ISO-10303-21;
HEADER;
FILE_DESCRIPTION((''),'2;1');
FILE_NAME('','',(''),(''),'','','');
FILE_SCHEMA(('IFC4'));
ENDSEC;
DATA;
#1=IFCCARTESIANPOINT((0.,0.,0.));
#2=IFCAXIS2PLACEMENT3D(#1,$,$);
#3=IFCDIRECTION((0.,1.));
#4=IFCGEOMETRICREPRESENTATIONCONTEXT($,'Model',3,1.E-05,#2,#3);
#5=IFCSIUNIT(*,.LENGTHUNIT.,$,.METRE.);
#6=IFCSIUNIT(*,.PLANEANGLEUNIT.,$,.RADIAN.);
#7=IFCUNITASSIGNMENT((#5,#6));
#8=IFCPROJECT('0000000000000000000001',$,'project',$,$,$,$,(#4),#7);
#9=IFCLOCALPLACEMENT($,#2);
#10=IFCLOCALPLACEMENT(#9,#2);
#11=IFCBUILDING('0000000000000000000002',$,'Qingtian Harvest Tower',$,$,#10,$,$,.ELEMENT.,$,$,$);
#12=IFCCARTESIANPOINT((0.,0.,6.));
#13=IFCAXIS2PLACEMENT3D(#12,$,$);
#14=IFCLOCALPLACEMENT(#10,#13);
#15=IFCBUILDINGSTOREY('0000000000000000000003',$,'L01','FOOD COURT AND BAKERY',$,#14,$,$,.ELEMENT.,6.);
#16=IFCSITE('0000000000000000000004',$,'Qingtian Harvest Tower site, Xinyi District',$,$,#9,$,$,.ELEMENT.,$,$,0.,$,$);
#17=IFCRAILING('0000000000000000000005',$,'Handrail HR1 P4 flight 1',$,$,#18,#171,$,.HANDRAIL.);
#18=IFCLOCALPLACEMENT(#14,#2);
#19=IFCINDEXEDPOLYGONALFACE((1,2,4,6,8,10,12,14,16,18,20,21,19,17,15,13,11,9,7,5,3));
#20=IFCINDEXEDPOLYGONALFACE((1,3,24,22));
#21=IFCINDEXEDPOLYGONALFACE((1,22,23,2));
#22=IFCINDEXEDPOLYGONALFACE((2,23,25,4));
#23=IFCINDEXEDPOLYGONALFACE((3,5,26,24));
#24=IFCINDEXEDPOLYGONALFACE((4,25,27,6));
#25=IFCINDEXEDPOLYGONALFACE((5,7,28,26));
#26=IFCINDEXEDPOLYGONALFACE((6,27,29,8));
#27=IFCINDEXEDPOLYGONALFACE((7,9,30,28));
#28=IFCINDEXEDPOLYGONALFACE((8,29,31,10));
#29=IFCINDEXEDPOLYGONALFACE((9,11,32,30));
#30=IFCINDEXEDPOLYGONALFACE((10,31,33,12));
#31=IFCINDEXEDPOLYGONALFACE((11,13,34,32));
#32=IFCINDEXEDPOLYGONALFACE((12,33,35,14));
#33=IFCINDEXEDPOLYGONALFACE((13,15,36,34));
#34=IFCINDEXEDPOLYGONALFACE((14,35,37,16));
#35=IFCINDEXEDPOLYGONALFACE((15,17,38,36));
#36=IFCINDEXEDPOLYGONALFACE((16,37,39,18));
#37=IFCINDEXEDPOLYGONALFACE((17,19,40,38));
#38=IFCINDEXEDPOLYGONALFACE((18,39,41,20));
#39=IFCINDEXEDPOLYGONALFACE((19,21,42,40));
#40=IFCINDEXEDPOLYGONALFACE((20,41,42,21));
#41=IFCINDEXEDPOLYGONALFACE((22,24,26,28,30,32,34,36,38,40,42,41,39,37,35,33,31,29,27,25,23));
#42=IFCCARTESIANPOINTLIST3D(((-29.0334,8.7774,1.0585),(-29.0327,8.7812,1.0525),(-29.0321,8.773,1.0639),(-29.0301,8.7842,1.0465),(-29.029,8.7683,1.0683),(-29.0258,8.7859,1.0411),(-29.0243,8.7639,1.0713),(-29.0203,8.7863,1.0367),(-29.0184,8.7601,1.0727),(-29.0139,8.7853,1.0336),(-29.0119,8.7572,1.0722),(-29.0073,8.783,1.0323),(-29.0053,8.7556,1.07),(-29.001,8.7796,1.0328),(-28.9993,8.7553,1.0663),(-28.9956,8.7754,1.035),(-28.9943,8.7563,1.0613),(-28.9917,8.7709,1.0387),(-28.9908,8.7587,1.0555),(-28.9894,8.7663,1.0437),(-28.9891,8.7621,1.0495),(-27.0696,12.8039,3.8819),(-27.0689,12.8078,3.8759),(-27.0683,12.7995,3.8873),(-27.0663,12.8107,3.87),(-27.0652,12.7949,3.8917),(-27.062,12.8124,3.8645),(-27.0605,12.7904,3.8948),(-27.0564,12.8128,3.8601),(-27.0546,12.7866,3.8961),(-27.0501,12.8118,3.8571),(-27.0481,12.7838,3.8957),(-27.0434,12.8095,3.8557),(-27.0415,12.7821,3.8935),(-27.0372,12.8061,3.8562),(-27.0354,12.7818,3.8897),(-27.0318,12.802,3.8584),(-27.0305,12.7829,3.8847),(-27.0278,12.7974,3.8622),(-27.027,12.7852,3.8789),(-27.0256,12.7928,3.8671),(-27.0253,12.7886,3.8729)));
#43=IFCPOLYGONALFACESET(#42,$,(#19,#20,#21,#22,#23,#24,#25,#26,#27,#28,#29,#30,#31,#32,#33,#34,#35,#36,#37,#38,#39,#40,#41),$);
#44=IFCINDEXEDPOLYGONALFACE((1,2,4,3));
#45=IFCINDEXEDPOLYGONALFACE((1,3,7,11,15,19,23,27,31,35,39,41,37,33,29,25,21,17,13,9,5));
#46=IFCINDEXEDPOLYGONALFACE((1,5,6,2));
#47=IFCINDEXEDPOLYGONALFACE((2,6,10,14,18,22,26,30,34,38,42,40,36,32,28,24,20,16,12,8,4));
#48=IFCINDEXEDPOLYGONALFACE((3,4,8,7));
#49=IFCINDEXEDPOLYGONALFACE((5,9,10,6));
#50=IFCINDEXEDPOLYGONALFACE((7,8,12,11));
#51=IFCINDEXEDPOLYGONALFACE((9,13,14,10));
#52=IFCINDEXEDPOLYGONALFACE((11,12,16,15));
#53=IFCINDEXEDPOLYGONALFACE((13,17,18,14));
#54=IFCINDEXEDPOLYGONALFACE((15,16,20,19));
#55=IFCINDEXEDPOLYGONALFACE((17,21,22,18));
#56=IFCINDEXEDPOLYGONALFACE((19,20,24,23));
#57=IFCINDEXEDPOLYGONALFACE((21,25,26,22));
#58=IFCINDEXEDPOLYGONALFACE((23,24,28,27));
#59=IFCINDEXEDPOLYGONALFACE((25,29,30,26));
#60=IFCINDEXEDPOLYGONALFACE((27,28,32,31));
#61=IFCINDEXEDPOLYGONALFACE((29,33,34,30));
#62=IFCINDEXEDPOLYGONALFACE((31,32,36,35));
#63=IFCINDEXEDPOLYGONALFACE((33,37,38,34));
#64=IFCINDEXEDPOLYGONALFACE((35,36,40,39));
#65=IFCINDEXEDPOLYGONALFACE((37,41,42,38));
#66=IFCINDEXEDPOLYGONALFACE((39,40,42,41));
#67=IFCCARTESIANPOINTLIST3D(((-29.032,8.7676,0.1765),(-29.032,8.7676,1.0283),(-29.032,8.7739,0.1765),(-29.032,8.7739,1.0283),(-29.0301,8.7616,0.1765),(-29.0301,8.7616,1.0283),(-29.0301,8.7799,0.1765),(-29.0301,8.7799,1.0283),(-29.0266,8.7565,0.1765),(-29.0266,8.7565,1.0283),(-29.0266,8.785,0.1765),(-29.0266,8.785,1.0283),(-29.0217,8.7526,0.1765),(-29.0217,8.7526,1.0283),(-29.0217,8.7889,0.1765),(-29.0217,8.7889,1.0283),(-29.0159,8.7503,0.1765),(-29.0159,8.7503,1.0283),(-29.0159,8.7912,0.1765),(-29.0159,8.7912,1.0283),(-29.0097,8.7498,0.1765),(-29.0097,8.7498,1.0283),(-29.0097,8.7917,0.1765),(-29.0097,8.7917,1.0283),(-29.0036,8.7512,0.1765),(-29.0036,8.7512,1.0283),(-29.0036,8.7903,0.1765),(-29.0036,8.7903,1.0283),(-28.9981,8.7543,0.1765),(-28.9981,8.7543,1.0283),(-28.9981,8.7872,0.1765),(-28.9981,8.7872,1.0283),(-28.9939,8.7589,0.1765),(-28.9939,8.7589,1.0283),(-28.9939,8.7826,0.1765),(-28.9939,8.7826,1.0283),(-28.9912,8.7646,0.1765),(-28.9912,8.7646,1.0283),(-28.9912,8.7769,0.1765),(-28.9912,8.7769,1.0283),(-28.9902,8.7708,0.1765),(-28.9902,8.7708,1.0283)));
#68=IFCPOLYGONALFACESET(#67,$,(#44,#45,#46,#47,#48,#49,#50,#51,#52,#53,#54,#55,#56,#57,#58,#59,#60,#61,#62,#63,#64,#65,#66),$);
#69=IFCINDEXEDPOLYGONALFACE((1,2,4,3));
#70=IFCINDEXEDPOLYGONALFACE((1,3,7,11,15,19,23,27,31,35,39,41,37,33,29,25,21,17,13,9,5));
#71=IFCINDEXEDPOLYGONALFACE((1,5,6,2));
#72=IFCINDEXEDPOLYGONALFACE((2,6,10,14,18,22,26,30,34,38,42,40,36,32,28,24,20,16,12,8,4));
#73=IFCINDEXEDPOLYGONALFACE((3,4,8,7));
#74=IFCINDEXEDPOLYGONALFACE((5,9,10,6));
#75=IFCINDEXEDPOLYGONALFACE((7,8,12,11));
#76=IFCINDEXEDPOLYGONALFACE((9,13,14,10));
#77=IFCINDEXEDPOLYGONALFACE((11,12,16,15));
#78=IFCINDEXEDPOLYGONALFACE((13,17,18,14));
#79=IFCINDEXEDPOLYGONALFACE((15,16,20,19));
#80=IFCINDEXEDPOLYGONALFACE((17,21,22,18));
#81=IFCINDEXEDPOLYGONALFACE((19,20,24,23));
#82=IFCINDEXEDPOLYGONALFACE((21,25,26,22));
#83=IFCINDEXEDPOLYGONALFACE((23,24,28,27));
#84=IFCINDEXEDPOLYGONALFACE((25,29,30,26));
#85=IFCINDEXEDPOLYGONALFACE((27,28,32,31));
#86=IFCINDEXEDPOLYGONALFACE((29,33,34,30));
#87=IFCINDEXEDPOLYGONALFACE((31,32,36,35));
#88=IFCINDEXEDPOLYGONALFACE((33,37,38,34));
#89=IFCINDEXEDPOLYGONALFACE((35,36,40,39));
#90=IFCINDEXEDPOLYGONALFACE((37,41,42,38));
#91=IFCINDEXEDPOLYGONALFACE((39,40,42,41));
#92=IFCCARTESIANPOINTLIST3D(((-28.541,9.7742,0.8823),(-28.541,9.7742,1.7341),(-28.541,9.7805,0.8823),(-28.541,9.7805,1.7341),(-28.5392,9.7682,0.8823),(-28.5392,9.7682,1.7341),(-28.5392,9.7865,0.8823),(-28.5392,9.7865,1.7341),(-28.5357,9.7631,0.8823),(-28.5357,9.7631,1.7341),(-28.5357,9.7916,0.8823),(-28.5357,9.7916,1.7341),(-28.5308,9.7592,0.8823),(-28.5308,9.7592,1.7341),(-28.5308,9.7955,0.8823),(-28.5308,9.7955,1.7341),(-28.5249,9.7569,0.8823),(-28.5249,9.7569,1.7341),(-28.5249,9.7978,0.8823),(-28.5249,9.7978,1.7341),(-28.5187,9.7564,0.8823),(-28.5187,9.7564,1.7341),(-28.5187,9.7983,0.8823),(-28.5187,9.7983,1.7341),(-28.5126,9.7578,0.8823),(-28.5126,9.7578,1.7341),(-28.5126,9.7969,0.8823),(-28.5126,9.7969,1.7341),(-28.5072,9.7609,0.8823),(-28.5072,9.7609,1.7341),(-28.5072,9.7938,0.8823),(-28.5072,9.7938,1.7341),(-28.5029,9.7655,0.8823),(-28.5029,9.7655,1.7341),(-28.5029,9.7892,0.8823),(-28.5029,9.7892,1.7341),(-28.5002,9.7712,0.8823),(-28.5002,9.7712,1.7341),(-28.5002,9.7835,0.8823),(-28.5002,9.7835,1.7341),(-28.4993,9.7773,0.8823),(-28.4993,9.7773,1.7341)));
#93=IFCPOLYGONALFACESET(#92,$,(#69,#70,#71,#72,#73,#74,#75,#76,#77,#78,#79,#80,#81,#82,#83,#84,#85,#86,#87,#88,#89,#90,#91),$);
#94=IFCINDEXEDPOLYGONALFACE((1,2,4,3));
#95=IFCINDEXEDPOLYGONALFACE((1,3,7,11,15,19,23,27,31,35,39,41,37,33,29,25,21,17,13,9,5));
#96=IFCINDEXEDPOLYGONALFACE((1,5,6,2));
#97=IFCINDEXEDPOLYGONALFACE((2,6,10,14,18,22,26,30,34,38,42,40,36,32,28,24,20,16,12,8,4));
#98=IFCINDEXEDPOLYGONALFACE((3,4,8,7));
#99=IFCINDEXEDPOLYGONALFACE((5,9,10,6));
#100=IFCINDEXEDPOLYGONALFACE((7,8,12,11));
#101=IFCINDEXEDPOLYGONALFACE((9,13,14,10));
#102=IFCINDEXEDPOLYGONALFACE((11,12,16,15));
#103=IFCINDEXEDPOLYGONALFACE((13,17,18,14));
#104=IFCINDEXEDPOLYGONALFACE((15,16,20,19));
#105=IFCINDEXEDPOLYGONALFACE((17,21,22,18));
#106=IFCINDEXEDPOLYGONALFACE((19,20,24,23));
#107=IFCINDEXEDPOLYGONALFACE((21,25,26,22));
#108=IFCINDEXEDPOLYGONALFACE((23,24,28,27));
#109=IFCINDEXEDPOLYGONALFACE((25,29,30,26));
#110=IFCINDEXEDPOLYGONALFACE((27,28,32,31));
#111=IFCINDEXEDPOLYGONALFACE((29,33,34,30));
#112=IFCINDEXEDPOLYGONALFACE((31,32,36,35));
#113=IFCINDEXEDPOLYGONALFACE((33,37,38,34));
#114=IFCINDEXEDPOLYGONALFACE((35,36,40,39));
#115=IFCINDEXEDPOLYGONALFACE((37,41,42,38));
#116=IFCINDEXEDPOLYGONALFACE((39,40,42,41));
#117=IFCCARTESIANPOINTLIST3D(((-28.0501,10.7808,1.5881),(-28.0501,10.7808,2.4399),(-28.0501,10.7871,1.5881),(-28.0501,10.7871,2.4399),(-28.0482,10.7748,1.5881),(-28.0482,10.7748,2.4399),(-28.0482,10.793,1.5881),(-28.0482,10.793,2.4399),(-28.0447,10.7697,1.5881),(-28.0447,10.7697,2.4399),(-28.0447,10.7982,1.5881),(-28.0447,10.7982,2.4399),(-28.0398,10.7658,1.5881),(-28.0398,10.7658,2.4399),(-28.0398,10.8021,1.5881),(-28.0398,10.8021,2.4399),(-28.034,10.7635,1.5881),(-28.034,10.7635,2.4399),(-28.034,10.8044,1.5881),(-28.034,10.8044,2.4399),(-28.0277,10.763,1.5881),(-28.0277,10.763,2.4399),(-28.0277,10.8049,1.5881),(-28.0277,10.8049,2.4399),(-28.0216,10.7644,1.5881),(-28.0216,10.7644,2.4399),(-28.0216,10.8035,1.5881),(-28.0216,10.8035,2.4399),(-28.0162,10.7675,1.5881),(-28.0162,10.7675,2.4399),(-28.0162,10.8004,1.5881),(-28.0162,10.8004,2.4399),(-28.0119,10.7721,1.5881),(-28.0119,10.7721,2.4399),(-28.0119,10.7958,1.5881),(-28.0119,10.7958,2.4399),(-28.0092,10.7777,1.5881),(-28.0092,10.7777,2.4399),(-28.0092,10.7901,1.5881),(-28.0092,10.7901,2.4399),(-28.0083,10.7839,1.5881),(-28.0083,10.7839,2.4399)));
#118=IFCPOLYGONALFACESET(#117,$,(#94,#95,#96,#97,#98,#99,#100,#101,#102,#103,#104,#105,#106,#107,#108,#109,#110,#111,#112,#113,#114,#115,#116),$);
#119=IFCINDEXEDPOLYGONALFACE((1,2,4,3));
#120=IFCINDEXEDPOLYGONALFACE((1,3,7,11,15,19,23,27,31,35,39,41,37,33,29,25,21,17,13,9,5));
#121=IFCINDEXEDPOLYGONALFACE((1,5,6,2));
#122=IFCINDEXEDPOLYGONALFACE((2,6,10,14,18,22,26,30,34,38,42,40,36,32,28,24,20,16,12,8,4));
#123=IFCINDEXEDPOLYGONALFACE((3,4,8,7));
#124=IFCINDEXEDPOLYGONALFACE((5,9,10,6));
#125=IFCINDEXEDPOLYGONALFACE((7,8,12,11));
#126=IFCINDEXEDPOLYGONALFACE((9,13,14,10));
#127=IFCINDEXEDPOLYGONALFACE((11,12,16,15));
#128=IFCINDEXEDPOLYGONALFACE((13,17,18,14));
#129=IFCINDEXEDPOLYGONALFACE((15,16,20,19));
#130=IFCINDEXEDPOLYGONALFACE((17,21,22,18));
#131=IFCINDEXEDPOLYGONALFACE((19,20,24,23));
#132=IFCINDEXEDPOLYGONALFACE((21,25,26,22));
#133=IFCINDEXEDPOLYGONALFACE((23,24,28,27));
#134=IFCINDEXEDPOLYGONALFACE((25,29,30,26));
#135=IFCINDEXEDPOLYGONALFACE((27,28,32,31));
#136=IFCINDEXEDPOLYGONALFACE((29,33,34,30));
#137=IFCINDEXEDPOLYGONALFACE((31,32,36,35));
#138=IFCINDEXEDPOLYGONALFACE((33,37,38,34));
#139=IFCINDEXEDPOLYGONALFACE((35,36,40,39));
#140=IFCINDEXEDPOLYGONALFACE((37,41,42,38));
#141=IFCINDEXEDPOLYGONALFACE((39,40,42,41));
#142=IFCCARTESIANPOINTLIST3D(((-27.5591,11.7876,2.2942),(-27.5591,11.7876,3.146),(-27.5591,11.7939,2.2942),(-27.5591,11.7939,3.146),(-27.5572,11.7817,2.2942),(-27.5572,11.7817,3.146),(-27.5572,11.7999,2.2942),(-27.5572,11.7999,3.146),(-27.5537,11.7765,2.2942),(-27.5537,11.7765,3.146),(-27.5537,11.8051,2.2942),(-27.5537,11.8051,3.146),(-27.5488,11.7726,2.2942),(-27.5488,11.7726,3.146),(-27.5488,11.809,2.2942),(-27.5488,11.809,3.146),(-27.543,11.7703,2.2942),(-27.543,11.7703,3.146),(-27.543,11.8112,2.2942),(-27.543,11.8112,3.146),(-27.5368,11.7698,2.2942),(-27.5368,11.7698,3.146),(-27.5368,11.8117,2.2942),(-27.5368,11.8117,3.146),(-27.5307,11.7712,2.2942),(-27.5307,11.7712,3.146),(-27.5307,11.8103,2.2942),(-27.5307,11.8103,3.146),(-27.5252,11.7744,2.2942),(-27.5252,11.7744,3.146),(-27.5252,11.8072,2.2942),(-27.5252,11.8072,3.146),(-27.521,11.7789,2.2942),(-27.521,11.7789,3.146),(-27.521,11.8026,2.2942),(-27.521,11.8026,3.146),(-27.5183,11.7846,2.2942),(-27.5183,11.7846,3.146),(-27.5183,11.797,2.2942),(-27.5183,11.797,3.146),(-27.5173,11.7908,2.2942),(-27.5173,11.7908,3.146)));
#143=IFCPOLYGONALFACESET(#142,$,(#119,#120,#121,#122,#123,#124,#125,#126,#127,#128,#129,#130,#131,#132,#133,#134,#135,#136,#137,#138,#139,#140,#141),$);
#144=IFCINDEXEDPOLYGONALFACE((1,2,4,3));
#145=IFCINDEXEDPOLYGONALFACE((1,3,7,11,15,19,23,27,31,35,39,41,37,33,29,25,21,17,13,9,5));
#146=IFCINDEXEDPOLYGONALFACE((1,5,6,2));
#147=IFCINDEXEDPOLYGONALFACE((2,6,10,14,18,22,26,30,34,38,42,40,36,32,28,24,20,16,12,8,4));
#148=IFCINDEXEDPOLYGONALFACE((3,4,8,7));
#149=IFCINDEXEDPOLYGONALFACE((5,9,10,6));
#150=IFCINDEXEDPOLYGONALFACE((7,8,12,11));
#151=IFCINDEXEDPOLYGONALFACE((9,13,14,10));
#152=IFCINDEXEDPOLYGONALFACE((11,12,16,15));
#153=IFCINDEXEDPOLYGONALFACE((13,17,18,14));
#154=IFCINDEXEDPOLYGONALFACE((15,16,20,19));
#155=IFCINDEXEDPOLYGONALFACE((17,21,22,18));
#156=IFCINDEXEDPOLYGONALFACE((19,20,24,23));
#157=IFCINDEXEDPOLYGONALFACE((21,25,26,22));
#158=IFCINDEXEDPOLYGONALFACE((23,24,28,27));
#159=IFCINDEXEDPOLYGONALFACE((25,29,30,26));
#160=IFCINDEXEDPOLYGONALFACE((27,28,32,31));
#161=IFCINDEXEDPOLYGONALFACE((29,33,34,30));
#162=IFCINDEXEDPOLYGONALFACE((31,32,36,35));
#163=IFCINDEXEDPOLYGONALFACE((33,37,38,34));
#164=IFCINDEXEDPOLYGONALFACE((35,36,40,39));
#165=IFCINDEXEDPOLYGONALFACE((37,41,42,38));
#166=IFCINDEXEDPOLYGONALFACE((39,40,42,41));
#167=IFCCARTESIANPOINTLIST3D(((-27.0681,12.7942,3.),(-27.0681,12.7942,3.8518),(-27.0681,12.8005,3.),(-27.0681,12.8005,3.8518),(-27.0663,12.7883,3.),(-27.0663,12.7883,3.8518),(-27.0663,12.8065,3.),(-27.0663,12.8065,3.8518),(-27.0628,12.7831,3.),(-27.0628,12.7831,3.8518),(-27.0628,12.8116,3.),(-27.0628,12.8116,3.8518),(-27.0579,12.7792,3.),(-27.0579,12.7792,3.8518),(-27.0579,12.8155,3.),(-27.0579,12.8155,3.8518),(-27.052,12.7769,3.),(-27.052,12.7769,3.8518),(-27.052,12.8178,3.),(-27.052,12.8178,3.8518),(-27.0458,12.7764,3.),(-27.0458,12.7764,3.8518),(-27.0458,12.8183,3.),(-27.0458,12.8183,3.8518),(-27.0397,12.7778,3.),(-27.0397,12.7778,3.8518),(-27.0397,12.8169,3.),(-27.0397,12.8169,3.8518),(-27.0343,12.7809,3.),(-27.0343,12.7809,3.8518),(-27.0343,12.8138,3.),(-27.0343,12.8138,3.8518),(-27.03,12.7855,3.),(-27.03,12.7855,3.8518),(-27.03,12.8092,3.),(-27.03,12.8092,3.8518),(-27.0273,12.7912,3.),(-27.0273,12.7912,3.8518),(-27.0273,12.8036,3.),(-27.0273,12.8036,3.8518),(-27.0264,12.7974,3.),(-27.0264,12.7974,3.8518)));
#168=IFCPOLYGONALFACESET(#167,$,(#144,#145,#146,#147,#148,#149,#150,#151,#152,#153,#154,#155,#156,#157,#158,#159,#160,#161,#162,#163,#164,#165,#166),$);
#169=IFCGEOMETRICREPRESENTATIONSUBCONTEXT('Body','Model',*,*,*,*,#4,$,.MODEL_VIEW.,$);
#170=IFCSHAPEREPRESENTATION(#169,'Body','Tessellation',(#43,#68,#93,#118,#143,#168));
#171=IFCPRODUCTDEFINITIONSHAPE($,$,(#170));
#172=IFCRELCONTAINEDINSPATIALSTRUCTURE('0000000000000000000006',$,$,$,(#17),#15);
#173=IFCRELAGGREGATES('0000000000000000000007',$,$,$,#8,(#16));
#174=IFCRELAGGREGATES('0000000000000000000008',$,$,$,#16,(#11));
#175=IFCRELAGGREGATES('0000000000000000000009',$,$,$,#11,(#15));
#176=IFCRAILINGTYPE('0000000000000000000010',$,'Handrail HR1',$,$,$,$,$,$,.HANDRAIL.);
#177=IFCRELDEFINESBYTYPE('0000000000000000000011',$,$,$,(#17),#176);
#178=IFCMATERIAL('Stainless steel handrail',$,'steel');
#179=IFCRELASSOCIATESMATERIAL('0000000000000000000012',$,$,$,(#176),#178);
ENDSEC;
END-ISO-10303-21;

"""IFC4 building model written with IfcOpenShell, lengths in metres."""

from ifc_helpers import new_model, si_unit, direction, frame, origin, origin_2d, place, context, subcontext, project, spatial, circle, extrude, material, type_object, element, save


model = new_model("IFC4")

# Units and contexts
model_context = context("Model", 3, precision=1e-05, world=origin(), true_north=direction((0.0, 1.0)))
body_context = subcontext(model_context, "Body", "Model", "MODEL_VIEW")
ifc_project = project(units=[si_unit("LENGTHUNIT", "METRE"), si_unit("PLANEANGLEUNIT", "RADIAN")], contexts=[model_context])

# Site, building, storey
site_placement = place(None, origin())
site = spatial("IfcSite", under=ifc_project, at=site_placement, Name="Qingtian Harvest Tower site, Xinyi District", CompositionType="ELEMENT", RefElevation=0.0)
building_placement = place(site_placement, origin())
building = spatial("IfcBuilding", under=site, at=building_placement, Name="Qingtian Harvest Tower", CompositionType="ELEMENT")
storey_placement = place(building_placement, frame((0.0, 0.0, 6.0)))
storey = spatial("IfcBuildingStorey", under=building, at=storey_placement, Name="L01", Description="FOOD COURT AND BAKERY", CompositionType="ELEMENT", Elevation=6.0)

# Railing
ifc_material_1 = material(Name="Stainless steel handrail", Category="steel")
railing_type = type_object("IfcRailingType", Name="Handrail HR1", PredefinedType="HANDRAIL", material=ifc_material_1)
railing_1_placement = place(storey_placement, frame((-29.0112, 8.7708, 0.1765)))
element("IfcRailing", 1, at=railing_1_placement, inside=storey, type_object=railing_type, Name="Handrail HR1 P4 flight 1", PredefinedType="HANDRAIL", context=body_context, shape_type="SweptSolid", body=[
    extrude(circle(Radius=0.0239, at=origin_2d()), frame((0.0, 0.0, 0.876), z_axis=(0.370855, 0.760382, 0.533185), x_axis=(-0.898798, 0.438364, 0.0)), (0.0, 0.0, 1.0), 5.2954),
    extrude(circle(Radius=0.021, at=origin_2d()), origin(), (0.0, 0.0, 1.0), 0.8518),
    extrude(circle(Radius=0.021, at=origin_2d()), frame((0.491, 1.0066, 0.7058)), (0.0, 0.0, 1.0), 0.8518),
    extrude(circle(Radius=0.021, at=origin_2d()), frame((0.9819, 2.0132, 1.4116)), (0.0, 0.0, 1.0), 0.8518),
    extrude(circle(Radius=0.021, at=origin_2d()), frame((1.4729, 3.02, 2.1177)), (0.0, 0.0, 1.0), 0.8518),
    extrude(circle(Radius=0.021, at=origin_2d()), frame((1.9639, 4.0266, 2.8235)), (0.0, 0.0, 1.0), 0.8518),
])

save(model, "model.ifc")
